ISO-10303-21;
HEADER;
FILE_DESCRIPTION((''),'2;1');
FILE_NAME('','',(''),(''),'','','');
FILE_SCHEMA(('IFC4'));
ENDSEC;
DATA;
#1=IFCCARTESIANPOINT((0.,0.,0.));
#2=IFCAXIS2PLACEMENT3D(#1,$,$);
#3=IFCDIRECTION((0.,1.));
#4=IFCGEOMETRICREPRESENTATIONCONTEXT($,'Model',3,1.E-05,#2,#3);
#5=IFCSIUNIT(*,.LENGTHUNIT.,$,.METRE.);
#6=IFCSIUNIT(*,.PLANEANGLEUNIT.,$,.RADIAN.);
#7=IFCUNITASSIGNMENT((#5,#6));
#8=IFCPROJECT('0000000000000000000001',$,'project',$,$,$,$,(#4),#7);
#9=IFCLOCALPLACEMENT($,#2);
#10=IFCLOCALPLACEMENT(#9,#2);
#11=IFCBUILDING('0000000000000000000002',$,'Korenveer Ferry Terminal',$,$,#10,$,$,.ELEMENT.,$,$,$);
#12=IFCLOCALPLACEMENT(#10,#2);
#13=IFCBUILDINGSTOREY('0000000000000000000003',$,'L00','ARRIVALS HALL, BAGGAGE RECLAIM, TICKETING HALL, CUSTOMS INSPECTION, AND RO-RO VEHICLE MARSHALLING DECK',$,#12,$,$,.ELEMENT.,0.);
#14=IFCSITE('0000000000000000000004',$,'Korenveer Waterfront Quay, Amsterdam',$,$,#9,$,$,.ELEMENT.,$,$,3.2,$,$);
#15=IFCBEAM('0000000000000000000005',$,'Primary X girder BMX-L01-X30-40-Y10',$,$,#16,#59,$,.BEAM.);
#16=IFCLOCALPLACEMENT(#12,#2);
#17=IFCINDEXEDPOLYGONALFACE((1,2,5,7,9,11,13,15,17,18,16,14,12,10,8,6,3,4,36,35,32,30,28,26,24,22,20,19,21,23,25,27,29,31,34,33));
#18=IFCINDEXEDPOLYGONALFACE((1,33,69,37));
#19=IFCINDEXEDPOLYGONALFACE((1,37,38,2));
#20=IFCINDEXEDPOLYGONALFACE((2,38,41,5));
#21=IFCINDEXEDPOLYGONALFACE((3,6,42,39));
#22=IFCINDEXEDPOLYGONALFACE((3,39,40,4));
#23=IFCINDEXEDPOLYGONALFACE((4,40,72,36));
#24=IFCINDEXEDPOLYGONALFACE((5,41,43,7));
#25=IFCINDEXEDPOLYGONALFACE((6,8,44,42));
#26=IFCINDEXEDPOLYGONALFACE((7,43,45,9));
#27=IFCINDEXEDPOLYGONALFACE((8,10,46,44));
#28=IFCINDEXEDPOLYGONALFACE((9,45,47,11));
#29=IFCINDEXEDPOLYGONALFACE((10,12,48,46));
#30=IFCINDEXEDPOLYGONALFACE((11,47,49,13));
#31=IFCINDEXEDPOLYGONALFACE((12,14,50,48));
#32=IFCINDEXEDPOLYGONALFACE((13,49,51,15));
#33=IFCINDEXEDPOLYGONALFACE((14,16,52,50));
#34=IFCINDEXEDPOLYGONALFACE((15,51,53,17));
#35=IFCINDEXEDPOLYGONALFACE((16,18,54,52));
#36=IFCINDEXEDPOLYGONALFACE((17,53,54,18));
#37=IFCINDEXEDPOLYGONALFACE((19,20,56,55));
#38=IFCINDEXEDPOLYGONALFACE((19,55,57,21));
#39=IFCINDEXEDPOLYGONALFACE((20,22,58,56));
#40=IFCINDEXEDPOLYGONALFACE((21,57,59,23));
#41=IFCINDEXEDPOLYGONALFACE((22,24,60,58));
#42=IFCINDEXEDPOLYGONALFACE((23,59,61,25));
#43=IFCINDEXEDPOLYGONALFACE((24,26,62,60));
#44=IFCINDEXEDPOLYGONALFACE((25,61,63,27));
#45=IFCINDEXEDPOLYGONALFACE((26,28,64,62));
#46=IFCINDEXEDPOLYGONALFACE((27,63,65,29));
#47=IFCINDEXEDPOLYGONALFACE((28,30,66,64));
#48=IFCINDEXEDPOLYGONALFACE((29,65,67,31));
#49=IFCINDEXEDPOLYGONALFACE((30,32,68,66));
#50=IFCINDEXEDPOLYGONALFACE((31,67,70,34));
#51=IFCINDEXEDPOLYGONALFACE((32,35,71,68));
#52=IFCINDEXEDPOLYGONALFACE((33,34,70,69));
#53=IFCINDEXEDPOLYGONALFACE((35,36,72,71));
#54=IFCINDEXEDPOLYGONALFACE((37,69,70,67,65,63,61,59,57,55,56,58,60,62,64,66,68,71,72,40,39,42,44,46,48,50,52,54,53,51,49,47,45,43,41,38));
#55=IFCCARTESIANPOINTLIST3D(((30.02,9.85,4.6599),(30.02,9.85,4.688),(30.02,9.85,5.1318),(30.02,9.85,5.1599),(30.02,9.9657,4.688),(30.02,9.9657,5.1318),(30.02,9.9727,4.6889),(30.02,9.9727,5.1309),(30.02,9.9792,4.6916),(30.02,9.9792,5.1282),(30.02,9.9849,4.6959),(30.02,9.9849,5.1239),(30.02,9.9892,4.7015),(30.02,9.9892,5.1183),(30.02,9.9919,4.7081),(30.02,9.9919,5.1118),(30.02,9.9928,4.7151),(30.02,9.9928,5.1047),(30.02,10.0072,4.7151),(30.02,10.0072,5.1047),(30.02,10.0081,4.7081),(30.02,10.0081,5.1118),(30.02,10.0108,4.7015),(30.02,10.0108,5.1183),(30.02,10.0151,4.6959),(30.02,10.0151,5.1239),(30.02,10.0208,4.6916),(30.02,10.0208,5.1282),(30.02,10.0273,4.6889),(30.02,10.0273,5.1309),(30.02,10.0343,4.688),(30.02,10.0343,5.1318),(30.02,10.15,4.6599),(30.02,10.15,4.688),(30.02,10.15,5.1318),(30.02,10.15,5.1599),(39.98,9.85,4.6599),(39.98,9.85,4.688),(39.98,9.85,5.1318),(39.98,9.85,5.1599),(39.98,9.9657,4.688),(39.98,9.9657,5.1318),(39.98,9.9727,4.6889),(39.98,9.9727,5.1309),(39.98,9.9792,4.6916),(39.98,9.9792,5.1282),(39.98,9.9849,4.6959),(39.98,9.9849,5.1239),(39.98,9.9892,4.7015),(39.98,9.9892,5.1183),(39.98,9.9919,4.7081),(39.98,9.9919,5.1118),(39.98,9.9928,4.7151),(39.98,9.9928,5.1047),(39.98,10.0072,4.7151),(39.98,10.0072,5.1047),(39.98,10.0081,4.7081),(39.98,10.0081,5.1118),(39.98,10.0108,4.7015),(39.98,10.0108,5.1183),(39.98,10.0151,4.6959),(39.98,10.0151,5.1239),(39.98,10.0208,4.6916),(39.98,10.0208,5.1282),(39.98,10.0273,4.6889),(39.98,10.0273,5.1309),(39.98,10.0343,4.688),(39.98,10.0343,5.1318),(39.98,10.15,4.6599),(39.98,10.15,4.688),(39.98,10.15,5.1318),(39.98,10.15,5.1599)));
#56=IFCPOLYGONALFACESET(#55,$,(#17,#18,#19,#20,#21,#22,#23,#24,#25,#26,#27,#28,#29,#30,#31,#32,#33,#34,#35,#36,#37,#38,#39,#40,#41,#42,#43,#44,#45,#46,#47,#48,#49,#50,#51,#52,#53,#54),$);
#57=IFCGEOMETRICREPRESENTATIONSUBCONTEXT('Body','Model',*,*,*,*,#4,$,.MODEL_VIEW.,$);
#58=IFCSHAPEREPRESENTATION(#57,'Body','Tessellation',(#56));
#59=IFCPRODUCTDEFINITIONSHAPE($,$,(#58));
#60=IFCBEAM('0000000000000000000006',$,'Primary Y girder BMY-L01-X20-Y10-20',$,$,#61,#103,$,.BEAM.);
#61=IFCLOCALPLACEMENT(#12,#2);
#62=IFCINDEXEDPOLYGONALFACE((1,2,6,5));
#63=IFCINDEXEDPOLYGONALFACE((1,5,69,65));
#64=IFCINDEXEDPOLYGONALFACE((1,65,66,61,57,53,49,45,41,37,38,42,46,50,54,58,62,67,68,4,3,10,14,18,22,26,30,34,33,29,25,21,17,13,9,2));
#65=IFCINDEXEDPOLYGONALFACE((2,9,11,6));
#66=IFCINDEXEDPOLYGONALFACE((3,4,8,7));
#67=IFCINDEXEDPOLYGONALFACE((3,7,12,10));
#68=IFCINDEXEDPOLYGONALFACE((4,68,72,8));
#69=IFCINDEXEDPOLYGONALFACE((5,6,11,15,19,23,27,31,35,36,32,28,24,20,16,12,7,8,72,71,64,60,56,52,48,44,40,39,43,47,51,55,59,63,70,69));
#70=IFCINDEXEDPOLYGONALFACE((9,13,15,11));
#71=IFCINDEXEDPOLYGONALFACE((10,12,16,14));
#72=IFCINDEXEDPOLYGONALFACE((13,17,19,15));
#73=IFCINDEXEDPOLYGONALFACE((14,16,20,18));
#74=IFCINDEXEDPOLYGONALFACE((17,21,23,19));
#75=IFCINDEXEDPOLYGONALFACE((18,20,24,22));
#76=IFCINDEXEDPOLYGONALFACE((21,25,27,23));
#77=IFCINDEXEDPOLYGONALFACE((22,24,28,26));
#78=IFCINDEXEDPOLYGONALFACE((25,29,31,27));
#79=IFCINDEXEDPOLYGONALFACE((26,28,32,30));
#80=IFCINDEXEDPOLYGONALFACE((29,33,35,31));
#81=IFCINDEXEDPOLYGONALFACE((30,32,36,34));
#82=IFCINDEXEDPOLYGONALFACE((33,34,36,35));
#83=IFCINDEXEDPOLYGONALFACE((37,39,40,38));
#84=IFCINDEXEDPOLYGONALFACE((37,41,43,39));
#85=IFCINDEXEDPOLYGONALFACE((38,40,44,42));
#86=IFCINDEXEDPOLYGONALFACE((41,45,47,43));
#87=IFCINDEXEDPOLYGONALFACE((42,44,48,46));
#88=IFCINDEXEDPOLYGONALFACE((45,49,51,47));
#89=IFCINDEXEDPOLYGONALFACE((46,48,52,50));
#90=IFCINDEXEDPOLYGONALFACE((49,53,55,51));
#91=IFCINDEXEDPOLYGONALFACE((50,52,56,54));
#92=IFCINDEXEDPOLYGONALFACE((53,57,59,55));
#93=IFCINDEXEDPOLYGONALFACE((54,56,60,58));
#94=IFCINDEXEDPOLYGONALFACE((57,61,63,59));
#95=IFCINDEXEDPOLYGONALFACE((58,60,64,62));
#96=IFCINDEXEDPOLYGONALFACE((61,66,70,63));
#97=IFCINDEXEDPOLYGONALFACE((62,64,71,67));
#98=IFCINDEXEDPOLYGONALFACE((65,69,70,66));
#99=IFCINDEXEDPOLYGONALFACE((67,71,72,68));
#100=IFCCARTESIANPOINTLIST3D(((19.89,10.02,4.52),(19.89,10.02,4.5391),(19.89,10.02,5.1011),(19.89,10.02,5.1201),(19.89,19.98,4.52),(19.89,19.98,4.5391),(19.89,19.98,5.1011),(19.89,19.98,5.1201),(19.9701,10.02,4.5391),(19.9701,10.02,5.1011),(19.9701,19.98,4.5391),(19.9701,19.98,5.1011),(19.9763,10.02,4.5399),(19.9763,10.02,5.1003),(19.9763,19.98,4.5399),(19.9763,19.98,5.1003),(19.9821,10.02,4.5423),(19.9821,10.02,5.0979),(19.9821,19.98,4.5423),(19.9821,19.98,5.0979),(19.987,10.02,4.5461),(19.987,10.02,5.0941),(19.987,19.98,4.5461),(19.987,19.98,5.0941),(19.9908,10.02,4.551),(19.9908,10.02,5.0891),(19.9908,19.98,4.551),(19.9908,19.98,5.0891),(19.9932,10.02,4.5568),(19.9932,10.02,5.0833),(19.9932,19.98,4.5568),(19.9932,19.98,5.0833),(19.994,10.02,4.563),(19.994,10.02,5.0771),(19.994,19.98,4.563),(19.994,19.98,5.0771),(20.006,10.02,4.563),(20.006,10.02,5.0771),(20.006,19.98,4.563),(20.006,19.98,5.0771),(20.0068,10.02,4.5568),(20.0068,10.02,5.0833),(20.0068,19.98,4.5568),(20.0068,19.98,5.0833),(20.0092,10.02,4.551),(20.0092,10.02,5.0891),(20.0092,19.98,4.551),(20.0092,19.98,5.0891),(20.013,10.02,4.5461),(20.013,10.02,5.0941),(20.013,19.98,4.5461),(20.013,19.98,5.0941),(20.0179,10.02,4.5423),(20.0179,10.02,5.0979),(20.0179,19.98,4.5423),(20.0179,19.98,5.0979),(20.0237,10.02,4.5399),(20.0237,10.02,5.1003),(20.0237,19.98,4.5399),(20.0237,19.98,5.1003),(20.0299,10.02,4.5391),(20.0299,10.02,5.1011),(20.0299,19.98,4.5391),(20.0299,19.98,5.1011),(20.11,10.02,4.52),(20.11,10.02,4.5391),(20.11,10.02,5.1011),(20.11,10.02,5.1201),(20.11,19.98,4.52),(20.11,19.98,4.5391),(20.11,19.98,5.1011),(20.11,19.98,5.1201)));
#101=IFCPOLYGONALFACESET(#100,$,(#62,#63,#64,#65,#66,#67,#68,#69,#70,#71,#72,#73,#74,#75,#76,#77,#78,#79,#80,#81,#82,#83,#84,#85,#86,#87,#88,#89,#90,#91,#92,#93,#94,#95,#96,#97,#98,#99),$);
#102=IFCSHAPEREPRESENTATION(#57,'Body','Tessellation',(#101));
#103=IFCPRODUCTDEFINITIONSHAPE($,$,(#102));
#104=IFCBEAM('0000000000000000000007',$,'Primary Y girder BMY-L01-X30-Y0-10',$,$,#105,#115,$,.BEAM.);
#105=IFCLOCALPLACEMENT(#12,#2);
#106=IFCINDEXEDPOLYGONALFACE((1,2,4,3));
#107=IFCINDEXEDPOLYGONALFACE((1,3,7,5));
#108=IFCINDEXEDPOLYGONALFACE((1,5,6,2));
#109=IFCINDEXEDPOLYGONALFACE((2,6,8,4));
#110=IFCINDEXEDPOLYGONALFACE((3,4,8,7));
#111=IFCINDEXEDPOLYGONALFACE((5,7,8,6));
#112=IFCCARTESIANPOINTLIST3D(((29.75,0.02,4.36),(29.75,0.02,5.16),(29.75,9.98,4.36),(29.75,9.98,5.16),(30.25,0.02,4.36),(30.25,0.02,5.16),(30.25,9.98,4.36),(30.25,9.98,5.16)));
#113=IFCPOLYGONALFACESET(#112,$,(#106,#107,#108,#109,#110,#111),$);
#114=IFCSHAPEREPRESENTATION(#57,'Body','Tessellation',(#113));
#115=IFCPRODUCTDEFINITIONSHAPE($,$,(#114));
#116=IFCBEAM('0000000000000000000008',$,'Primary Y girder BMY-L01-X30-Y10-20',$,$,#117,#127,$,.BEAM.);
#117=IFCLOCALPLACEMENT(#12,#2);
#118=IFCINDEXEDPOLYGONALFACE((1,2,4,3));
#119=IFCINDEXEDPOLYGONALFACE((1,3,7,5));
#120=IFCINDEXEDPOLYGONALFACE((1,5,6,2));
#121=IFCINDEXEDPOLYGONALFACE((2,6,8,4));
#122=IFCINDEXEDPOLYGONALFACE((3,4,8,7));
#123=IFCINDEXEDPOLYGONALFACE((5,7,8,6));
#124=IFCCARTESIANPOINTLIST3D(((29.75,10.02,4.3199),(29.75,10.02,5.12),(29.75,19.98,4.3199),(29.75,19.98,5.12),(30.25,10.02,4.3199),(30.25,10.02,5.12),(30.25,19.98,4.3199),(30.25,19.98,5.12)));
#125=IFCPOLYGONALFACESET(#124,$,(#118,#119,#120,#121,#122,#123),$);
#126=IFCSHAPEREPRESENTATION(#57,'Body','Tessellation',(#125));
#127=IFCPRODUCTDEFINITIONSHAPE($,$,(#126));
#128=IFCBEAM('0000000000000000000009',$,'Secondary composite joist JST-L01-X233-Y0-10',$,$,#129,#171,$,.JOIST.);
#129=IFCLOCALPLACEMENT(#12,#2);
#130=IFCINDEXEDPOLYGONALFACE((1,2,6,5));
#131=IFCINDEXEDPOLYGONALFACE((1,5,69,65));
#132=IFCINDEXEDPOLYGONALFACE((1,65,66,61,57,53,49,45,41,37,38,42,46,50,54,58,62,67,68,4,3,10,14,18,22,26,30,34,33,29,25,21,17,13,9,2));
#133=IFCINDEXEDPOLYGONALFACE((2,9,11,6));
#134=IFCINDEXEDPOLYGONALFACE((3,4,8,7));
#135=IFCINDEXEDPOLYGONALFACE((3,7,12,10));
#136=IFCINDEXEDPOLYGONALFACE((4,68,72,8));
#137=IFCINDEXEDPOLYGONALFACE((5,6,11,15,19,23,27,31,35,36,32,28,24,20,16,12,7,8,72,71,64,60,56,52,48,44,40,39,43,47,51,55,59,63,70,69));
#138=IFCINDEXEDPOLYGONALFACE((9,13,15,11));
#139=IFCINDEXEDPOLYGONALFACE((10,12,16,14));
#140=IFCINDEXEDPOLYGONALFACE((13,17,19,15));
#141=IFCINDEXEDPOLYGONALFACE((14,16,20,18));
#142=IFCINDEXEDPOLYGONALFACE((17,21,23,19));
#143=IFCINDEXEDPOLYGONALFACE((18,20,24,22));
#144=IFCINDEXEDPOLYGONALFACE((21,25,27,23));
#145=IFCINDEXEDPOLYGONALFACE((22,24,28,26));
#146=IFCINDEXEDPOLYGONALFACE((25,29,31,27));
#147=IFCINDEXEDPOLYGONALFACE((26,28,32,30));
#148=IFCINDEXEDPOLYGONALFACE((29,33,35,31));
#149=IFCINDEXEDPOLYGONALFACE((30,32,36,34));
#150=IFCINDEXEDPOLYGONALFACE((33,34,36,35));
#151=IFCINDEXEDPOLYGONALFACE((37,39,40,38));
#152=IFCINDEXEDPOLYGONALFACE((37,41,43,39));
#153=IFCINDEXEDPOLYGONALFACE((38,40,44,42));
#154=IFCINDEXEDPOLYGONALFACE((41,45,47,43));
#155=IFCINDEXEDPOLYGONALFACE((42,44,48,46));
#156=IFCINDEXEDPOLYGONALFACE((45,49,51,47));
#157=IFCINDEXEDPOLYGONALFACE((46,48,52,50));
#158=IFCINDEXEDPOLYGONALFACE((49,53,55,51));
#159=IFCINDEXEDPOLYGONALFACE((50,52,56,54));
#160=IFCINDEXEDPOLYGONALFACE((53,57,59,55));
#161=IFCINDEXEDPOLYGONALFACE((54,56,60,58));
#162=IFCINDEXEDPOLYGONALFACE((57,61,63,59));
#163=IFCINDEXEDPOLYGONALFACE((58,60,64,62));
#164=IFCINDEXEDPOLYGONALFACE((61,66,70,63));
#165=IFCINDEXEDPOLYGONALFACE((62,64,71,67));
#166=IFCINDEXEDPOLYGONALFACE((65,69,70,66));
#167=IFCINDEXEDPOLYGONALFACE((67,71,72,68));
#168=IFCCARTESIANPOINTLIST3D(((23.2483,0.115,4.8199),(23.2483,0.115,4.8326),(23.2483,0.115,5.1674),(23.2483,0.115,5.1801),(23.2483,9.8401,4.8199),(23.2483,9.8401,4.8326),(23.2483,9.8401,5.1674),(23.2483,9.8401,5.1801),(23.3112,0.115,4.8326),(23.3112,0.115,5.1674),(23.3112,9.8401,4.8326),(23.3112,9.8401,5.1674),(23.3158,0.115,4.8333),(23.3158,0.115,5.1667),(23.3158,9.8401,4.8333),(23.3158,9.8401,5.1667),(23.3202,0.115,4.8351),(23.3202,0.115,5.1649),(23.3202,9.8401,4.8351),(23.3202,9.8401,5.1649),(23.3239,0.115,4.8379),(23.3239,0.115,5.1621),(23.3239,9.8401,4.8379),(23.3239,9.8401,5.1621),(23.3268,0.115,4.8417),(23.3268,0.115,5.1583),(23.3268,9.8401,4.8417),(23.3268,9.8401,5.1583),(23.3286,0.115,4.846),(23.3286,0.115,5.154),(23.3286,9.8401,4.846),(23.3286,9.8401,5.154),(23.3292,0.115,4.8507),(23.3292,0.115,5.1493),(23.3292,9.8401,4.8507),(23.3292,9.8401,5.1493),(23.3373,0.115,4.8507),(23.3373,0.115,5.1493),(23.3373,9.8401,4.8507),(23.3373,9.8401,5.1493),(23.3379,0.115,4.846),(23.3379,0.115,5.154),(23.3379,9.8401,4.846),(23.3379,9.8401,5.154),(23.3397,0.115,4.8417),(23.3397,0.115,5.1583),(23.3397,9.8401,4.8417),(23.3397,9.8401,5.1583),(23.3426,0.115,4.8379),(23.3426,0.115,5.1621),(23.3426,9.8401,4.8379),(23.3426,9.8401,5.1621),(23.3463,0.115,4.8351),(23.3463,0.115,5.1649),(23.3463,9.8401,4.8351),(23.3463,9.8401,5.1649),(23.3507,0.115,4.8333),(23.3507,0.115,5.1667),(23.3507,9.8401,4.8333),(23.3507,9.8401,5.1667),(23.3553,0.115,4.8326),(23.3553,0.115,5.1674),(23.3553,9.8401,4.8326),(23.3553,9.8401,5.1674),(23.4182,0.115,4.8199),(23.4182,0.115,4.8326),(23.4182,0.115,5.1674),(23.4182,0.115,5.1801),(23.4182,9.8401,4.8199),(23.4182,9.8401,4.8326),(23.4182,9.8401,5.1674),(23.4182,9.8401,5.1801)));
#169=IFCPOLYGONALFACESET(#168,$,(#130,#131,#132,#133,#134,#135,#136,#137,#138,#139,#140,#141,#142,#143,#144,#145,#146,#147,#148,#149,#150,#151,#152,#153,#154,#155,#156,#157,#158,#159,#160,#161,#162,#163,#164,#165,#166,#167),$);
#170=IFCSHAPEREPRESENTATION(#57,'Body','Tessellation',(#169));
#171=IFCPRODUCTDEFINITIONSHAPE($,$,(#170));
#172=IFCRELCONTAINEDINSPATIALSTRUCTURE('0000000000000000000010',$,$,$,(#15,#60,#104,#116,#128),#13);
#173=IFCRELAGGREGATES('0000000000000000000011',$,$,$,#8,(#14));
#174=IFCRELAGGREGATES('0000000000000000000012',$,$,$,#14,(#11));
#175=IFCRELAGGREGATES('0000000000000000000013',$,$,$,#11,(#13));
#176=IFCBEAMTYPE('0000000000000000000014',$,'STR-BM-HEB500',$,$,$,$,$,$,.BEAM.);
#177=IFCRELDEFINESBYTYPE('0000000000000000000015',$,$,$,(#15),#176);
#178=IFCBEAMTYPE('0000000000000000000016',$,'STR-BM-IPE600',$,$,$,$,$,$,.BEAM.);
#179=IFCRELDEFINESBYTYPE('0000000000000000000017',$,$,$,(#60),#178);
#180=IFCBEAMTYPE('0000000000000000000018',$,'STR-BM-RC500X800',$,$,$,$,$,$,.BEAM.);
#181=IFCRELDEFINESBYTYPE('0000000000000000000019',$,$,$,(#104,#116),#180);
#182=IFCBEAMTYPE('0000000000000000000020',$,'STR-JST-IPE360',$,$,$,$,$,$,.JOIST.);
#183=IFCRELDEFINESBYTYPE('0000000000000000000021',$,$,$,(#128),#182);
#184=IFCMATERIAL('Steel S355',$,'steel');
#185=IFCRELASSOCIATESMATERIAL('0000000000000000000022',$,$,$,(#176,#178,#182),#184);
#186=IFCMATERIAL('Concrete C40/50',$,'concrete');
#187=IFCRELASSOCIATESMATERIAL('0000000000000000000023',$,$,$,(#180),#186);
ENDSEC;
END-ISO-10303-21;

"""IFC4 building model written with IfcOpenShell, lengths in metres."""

from ifc_helpers import new_model, si_unit, direction, frame, origin, origin_2d, place, context, subcontext, project, spatial, rectangle, i_section, extrude, material, material_profile, profile_set, type_object, element, save


model = new_model("IFC4")

# Units and contexts
model_context = context("Model", 3, precision=1e-05, world=origin(), true_north=direction((0.0, 1.0)))
body_context = subcontext(model_context, "Body", "Model", "MODEL_VIEW")
ifc_project = project(units=[si_unit("LENGTHUNIT", "METRE"), si_unit("PLANEANGLEUNIT", "RADIAN")], contexts=[model_context])

# Site, building, storey
site_placement = place(None, origin())
site = spatial("IfcSite", under=ifc_project, at=site_placement, Name="Korenveer Waterfront Quay, Amsterdam", CompositionType="ELEMENT", RefElevation=3.2)
building_placement = place(site_placement, origin())
building = spatial("IfcBuilding", under=site, at=building_placement, Name="Korenveer Ferry Terminal", CompositionType="ELEMENT")
storey_placement = place(building_placement, origin())
storey = spatial("IfcBuildingStorey", under=building, at=storey_placement, Name="L00", Description="ARRIVALS HALL, BAGGAGE RECLAIM, TICKETING HALL, CUSTOMS INSPECTION, AND RO-RO VEHICLE MARSHALLING DECK", CompositionType="ELEMENT", Elevation=0.0)

# Shared definitions
ifc_material_1 = material(Name="Concrete C40/50", Category="concrete")

# Beams
ifc_material_2 = material(Name="Steel S355", Category="steel")
ifc_material_profile_1 = material_profile(ifc_material_2, i_section(OverallWidth=0.3, OverallDepth=0.5, WebThickness=0.0144, FlangeThickness=0.0281, FilletRadius=0.0271, at=origin_2d()), Name="HEB 500")
ifc_profile_set_1 = profile_set([ifc_material_profile_1], Name="Steel S355")
beam_type_1 = type_object("IfcBeamType", Name="STR-BM-HEB500", PredefinedType="BEAM", material=ifc_profile_set_1)
for number, where, z_axis, x_axis, name in (
    (1, (30.02, 10.0, 4.9099), (1.0, 0.0, 0.0), (0.0, 1.0, 0.0), "Primary X girder BMX-L01-X30-40-Y10"),
):
    element("IfcBeam", number, at=place(storey_placement, frame(where, z_axis=z_axis, x_axis=x_axis)), inside=storey, type_object=beam_type_1, Name=name, PredefinedType="BEAM", context=body_context, shape_type="SweptSolid", body=[
        extrude(i_section(OverallWidth=0.3, OverallDepth=0.5, WebThickness=0.0144, FlangeThickness=0.0281, FilletRadius=0.0271, at=origin_2d()), origin(), (0.0, 0.0, 1.0), 9.96),
    ])
ifc_material_profile_2 = material_profile(ifc_material_2, i_section(OverallWidth=0.22, OverallDepth=0.6001, WebThickness=0.012, FlangeThickness=0.019, FilletRadius=0.0239, at=origin_2d()), Name="IPE 600")
ifc_profile_set_2 = profile_set([ifc_material_profile_2], Name="Steel S355")
beam_type_2 = type_object("IfcBeamType", Name="STR-BM-IPE600", PredefinedType="BEAM", material=ifc_profile_set_2)
beam_placement = place(storey_placement, frame((20.0, 10.02, 4.8201), z_axis=(0.0, 1.0, 0.0), x_axis=(-1.0, 0.0, 0.0)))
element("IfcBeam", 2, at=beam_placement, inside=storey, type_object=beam_type_2, Name="Primary Y girder BMY-L01-X20-Y10-20", PredefinedType="BEAM", context=body_context, shape_type="SweptSolid", body=[
    extrude(i_section(OverallWidth=0.22, OverallDepth=0.6001, WebThickness=0.012, FlangeThickness=0.019, FilletRadius=0.0239, at=origin_2d()), origin(), (0.0, 0.0, 1.0), 9.96),
])
ifc_material_profile_3 = material_profile(ifc_material_1, rectangle(XDim=0.5, YDim=0.8, at=origin_2d()), Name="RC 500x800")
ifc_profile_set_3 = profile_set([ifc_material_profile_3], Name="Concrete C40/50")
beam_type_3 = type_object("IfcBeamType", Name="STR-BM-RC500X800", PredefinedType="BEAM", material=ifc_profile_set_3)
for number, where, z_axis, x_axis, name in (
    (3, (30.0, 0.02, 4.76), (0.0, 1.0, 0.0), (-1.0, 0.0, 0.0), "Primary Y girder BMY-L01-X30-Y0-10"),
    (4, (30.0, 10.02, 4.72), (0.0, 1.0, 0.0), (-1.0, 0.0, 0.0), "Primary Y girder BMY-L01-X30-Y10-20"),
):
    element("IfcBeam", number, at=place(storey_placement, frame(where, z_axis=z_axis, x_axis=x_axis)), inside=storey, type_object=beam_type_3, Name=name, PredefinedType="BEAM", context=body_context, shape_type="SweptSolid", body=[
        extrude(rectangle(XDim=0.5, YDim=0.8, at=origin_2d()), origin(), (0.0, 0.0, 1.0), 9.96),
    ])
ifc_material_profile_4 = material_profile(ifc_material_2, i_section(OverallWidth=0.1699, OverallDepth=0.3601, WebThickness=0.0081, FlangeThickness=0.0127, FilletRadius=0.0181, at=origin_2d()), Name="IPE 360")
ifc_profile_set_4 = profile_set([ifc_material_profile_4], Name="Steel S355")
beam_type_4 = type_object("IfcBeamType", Name="STR-JST-IPE360", PredefinedType="JOIST", material=ifc_profile_set_4)
for number, where, z_axis, x_axis, name in (
    (5, (23.3333, 0.115, 5.0), (0.0, 1.0, 0.0), (-1.0, 0.0, 0.0), "Secondary composite joist JST-L01-X233-Y0-10"),
):
    element("IfcBeam", number, at=place(storey_placement, frame(where, z_axis=z_axis, x_axis=x_axis)), inside=storey, type_object=beam_type_4, Name=name, PredefinedType="JOIST", context=body_context, shape_type="SweptSolid", body=[
        extrude(i_section(OverallWidth=0.1699, OverallDepth=0.3601, WebThickness=0.0081, FlangeThickness=0.0127, FilletRadius=0.0181, at=origin_2d()), origin(), (0.0, 0.0, 1.0), 9.7251),
    ])

save(model, "model.ifc")
